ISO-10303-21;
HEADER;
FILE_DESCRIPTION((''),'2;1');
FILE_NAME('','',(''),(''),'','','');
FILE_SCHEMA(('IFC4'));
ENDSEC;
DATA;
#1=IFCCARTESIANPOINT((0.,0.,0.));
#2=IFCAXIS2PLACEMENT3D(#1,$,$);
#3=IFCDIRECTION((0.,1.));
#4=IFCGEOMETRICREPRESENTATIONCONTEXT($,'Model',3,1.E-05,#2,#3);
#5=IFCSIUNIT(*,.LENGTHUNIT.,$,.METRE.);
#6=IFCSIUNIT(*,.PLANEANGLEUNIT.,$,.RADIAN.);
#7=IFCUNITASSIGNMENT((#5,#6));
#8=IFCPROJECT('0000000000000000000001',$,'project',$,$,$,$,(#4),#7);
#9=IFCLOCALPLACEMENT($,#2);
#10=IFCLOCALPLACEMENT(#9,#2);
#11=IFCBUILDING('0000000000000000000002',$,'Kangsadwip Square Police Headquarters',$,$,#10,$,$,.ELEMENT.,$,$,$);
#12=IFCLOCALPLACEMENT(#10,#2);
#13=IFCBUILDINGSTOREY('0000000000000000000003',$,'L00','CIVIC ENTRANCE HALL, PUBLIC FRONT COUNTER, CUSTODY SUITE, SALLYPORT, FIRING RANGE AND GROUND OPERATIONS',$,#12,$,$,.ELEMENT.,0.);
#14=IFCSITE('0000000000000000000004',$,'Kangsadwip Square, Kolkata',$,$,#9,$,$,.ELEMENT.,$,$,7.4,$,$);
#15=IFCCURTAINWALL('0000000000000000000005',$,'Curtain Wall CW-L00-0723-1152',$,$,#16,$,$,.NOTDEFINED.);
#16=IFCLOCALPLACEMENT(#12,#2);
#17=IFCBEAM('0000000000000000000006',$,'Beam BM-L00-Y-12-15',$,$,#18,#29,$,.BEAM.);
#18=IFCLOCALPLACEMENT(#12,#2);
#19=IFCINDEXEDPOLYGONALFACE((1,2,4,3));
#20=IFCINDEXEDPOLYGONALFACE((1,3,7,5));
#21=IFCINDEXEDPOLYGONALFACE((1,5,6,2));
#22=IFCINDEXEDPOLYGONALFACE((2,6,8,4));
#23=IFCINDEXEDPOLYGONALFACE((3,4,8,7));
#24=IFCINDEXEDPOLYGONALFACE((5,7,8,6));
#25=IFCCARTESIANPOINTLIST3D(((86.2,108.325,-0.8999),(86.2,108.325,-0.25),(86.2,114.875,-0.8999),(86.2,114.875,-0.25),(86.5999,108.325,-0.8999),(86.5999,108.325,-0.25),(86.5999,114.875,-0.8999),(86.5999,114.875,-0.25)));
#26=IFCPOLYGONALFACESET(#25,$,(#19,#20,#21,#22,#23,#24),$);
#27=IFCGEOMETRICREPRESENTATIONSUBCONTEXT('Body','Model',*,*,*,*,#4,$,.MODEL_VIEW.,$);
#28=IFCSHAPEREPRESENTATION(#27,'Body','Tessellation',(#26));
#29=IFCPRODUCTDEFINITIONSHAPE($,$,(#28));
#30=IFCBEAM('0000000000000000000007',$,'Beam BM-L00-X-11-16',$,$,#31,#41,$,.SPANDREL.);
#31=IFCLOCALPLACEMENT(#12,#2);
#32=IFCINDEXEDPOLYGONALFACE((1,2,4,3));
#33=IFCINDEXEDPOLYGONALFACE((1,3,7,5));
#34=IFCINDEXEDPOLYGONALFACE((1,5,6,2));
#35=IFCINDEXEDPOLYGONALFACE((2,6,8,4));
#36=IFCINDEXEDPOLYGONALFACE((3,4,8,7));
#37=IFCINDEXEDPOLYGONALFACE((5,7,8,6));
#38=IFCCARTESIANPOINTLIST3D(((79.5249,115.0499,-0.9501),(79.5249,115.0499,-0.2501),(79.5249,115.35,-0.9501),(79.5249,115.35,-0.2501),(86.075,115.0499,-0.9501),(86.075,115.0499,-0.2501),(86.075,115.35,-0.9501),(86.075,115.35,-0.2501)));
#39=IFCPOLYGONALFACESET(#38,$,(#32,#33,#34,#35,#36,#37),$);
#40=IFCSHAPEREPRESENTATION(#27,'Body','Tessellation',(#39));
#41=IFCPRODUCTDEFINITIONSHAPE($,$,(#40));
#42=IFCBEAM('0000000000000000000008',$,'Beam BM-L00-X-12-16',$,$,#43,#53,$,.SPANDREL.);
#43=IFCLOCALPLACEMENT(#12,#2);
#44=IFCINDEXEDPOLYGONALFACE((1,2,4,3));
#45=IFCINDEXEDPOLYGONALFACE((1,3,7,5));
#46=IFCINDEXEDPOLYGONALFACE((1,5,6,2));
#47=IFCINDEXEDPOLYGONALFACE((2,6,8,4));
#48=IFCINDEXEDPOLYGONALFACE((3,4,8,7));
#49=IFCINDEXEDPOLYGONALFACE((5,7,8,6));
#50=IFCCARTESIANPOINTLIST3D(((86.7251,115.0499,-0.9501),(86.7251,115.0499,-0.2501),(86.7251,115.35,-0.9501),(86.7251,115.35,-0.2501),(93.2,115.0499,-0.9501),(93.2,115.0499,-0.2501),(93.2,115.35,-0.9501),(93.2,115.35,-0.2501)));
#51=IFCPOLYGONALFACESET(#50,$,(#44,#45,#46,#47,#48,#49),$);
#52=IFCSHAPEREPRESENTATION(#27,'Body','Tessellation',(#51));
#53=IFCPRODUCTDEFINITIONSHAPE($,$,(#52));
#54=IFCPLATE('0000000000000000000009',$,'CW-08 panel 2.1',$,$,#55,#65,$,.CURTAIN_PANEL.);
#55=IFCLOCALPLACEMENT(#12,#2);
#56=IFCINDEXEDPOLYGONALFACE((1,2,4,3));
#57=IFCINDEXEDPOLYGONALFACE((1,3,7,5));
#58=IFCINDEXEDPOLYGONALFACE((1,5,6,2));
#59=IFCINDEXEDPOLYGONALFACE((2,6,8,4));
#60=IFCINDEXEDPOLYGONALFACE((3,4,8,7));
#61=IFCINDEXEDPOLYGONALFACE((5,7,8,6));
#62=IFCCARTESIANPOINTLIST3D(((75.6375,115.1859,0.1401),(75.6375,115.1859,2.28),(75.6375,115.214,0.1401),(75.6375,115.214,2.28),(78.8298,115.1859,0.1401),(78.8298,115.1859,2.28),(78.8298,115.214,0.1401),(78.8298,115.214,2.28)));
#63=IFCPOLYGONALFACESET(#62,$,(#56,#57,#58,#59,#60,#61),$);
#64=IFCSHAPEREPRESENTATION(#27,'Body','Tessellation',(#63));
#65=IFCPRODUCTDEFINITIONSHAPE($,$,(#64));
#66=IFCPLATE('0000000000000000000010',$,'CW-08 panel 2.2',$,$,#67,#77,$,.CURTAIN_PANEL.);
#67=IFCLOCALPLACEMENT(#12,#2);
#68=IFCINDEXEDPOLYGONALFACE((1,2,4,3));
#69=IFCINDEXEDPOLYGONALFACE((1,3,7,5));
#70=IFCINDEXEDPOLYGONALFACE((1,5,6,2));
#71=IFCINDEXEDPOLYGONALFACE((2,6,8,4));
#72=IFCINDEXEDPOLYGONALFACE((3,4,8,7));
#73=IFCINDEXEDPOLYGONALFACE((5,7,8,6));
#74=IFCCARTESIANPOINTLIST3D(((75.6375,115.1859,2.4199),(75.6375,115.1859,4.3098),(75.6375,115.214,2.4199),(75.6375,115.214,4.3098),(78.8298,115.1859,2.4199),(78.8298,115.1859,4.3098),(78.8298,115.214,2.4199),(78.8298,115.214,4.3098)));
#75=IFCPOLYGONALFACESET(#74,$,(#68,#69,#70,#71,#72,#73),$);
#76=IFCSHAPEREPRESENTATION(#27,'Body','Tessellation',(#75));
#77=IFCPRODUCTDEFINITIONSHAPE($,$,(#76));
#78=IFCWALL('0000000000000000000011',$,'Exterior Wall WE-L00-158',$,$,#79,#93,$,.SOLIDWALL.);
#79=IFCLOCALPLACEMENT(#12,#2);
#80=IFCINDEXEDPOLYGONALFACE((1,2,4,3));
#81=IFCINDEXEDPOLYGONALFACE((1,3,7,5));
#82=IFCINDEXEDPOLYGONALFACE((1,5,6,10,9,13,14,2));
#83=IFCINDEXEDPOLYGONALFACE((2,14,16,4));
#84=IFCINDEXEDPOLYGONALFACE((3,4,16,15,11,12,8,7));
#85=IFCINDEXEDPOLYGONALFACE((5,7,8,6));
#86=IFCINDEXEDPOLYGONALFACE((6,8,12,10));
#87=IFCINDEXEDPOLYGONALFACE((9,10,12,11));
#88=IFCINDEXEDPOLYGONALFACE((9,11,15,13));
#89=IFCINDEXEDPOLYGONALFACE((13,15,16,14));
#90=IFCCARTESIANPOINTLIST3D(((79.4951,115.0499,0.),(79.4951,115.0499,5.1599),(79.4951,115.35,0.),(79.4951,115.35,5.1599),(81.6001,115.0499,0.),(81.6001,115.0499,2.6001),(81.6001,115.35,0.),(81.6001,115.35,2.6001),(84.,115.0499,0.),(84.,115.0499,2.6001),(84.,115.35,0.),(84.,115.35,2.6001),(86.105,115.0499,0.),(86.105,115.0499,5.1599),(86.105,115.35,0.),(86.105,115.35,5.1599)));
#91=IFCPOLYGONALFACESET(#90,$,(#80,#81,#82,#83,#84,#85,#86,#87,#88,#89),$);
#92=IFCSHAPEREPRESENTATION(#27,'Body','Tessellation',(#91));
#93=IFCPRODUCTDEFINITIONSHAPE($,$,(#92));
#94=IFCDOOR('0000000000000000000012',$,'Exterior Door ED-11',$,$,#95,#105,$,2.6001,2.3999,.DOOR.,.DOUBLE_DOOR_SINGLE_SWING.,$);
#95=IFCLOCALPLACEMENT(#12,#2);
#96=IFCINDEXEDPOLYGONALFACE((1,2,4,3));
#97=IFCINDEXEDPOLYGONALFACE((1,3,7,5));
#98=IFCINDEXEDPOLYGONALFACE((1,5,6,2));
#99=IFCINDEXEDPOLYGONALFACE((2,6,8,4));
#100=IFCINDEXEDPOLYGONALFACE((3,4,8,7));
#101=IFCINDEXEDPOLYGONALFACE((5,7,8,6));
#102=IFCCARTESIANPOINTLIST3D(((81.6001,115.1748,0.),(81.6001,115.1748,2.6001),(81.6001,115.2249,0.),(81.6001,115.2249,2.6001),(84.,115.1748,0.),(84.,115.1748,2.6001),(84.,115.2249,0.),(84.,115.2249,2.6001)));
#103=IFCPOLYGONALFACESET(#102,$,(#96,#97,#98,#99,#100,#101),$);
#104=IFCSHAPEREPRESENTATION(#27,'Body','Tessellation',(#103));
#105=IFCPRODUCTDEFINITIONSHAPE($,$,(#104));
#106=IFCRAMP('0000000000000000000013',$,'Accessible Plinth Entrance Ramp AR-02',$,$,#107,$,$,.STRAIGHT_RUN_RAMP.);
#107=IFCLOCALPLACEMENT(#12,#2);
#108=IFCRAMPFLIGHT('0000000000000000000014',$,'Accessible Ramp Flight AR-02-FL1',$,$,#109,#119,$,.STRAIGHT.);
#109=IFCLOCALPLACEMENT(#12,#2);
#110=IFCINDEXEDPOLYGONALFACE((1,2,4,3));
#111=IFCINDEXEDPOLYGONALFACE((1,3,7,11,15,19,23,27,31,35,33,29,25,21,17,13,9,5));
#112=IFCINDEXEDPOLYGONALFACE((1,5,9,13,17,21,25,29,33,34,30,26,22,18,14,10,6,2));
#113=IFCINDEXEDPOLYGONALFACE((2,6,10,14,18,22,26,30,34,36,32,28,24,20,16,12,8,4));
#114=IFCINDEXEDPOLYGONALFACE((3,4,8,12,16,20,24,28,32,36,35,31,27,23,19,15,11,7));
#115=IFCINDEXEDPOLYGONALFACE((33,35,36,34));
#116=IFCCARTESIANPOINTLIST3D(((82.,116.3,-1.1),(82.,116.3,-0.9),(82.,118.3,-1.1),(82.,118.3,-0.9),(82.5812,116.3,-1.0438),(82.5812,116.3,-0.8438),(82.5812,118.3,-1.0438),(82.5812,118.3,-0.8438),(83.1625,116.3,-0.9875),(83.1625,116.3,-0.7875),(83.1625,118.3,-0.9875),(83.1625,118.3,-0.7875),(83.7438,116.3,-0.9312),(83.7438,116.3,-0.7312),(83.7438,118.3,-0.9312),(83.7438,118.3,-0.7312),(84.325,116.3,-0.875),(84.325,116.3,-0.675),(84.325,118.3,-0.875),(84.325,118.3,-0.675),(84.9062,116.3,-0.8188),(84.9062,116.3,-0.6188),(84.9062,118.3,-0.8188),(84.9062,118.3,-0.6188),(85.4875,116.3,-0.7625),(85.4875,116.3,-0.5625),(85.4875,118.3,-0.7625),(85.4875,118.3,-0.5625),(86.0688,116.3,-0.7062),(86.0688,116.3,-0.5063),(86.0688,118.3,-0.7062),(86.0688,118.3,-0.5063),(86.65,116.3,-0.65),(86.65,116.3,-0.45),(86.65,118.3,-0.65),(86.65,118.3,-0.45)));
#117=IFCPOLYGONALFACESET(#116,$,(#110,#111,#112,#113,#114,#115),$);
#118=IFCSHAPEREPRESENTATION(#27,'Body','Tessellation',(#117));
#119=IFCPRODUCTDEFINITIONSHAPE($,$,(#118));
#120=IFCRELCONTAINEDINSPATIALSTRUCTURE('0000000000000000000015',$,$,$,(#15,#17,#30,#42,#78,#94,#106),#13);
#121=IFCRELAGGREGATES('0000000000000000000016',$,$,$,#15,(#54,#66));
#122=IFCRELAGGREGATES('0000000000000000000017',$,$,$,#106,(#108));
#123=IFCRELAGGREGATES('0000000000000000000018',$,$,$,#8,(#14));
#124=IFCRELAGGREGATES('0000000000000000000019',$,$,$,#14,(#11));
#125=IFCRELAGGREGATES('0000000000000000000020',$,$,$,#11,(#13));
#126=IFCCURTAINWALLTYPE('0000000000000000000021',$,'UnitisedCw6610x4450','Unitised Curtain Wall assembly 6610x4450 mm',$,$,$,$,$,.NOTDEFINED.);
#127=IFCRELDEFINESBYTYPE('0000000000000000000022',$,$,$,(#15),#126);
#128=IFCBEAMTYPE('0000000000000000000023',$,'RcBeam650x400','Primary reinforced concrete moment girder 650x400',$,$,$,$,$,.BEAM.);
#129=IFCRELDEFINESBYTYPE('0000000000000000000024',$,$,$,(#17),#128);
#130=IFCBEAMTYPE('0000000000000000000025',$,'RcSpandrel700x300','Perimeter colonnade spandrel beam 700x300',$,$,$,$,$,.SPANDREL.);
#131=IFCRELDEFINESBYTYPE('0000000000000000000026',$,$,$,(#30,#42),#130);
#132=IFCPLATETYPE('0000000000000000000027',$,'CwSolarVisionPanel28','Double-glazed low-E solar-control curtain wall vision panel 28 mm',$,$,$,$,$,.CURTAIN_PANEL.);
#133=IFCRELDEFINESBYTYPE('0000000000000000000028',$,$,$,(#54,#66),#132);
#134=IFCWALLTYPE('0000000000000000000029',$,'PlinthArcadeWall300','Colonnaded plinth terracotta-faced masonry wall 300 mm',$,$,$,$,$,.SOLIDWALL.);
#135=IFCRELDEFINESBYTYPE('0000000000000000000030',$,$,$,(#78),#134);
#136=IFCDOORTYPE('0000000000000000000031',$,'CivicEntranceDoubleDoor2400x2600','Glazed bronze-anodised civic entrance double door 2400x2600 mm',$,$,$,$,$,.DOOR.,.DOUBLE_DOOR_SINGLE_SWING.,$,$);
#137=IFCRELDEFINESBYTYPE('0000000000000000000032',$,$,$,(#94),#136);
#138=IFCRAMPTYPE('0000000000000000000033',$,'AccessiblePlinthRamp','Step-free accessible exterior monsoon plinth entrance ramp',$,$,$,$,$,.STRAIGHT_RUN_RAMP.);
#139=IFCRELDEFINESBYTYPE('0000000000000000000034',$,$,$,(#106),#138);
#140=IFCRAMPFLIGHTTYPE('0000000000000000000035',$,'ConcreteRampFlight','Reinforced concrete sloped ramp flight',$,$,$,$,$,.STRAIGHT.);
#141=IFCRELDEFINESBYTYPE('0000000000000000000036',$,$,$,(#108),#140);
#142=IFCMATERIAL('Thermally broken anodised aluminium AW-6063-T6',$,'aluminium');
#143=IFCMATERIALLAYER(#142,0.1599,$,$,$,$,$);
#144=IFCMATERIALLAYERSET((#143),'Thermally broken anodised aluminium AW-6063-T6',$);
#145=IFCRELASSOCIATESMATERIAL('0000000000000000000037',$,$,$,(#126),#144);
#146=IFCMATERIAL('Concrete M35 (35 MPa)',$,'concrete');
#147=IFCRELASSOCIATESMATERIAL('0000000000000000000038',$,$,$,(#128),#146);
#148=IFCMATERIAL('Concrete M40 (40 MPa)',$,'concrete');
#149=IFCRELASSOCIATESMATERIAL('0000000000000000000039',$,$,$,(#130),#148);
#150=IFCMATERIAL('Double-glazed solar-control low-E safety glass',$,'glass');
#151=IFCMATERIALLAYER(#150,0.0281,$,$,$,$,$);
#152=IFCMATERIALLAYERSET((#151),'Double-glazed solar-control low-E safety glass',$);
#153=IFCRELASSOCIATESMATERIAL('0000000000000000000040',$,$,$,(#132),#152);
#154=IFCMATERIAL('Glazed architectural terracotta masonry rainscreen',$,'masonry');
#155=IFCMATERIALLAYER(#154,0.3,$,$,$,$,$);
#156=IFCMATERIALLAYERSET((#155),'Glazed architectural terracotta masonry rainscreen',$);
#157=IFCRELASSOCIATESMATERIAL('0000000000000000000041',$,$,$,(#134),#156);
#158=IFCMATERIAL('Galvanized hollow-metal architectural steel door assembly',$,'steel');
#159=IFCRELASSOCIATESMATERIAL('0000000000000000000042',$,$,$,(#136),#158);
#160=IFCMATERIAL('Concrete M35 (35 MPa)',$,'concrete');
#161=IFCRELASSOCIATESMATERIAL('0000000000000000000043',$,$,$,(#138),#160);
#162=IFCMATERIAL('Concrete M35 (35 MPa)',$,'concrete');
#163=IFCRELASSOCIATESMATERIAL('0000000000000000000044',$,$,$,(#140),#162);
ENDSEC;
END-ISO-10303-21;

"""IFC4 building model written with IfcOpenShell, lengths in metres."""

from ifc_helpers import new_model, si_unit, direction, frame, frame_2d, origin, origin_2d, place, context, subcontext, project, spatial, polyline, rectangle, outline, extrude, material, layer, layer_set, material_profile, profile_set, type_object, element, fill, aggregate, save


model = new_model("IFC4")

# Units and contexts
model_context = context("Model", 3, precision=1e-05, world=origin(), true_north=direction((0.0, 1.0)))
body_context = subcontext(model_context, "Body", "Model", "MODEL_VIEW")
ifc_project = project(units=[si_unit("LENGTHUNIT", "METRE"), si_unit("PLANEANGLEUNIT", "RADIAN")], contexts=[model_context])

# Site, building, storey
site_placement = place(None, origin())
site = spatial("IfcSite", under=ifc_project, at=site_placement, Name="Kangsadwip Square, Kolkata", CompositionType="ELEMENT", RefElevation=7.4)
building_placement = place(site_placement, origin())
building = spatial("IfcBuilding", under=site, at=building_placement, Name="Kangsadwip Square Police Headquarters", CompositionType="ELEMENT")
storey_placement = place(building_placement, origin())
storey = spatial("IfcBuildingStorey", under=building, at=storey_placement, Name="L00", Description="CIVIC ENTRANCE HALL, PUBLIC FRONT COUNTER, CUSTODY SUITE, SALLYPORT, FIRING RANGE AND GROUND OPERATIONS", CompositionType="ELEMENT", Elevation=0.0)

# Curtain wall
ifc_material_1 = material(Name="Thermally broken anodised aluminium AW-6063-T6", Category="aluminium")
ifc_layer_1 = layer(ifc_material_1, 0.1599)
ifc_layer_set_1 = layer_set([ifc_layer_1], Name="Thermally broken anodised aluminium AW-6063-T6")
curtain_wall_type = type_object("IfcCurtainWallType", Name="UnitisedCw6610x4450", Description="Unitised Curtain Wall assembly 6610x4450 mm", PredefinedType="NOTDEFINED", material=ifc_layer_set_1)
curtain_wall_placement = place(storey_placement, origin())
curtain_wall = element("IfcCurtainWall", 1, at=curtain_wall_placement, inside=storey, type_object=curtain_wall_type, Name="Curtain Wall CW-L00-0723-1152", PredefinedType="NOTDEFINED")

# Beams
ifc_material_2 = material(Name="Concrete M35 (35 MPa)", Category="concrete")
ifc_material_profile_1 = material_profile(ifc_material_2, rectangle(XDim=0.3999, YDim=0.6499, at=origin_2d()), Name="RC BM 650X400")
ifc_profile_set_1 = profile_set([ifc_material_profile_1], Name="Concrete M35 (35 MPa)")
beam_type_1 = type_object("IfcBeamType", Name="RcBeam650x400", Description="Primary reinforced concrete moment girder 650x400", PredefinedType="BEAM", material=ifc_profile_set_1)
for number, where, z_axis, x_axis, name in (
    (2, (86.3999, 108.325, -0.575), (0.0, 1.0, 0.0), (-1.0, 0.0, 0.0), "Beam BM-L00-Y-12-15"),
):
    element("IfcBeam", number, at=place(storey_placement, frame(where, z_axis=z_axis, x_axis=x_axis)), inside=storey, type_object=beam_type_1, Name=name, PredefinedType="BEAM", context=body_context, shape_type="SweptSolid", body=[
        extrude(rectangle(XDim=0.3999, YDim=0.6499, at=origin_2d()), origin(), (0.0, 0.0, 1.0), 6.55),
    ])
ifc_material_3 = material(Name="Concrete M40 (40 MPa)", Category="concrete")
ifc_material_profile_2 = material_profile(ifc_material_3, rectangle(XDim=0.3, YDim=0.7, at=origin_2d()), Name="RC SPN 700X300")
ifc_profile_set_2 = profile_set([ifc_material_profile_2], Name="Concrete M40 (40 MPa)")
beam_type_2 = type_object("IfcBeamType", Name="RcSpandrel700x300", Description="Perimeter colonnade spandrel beam 700x300", PredefinedType="SPANDREL", material=ifc_profile_set_2)
beam_1_placement = place(storey_placement, frame((79.5249, 115.2, -0.6001), z_axis=(1.0, 0.0, 0.0), x_axis=(0.0, 1.0, 0.0)))
element("IfcBeam", 3, at=beam_1_placement, inside=storey, type_object=beam_type_2, Name="Beam BM-L00-X-11-16", PredefinedType="SPANDREL", context=body_context, shape_type="SweptSolid", body=[
    extrude(rectangle(XDim=0.3, YDim=0.7, at=origin_2d()), origin(), (0.0, 0.0, 1.0), 6.55),
])
beam_2_placement = place(storey_placement, frame((86.7251, 115.2, -0.6001), z_axis=(1.0, 0.0, 0.0), x_axis=(0.0, 1.0, 0.0)))
element("IfcBeam", 4, at=beam_2_placement, inside=storey, type_object=beam_type_2, Name="Beam BM-L00-X-12-16", PredefinedType="SPANDREL", context=body_context, shape_type="SweptSolid", body=[
    extrude(rectangle(XDim=0.3, YDim=0.7, at=origin_2d()), origin(), (0.0, 0.0, 1.0), 6.4749),
])

# Plates
ifc_material_4 = material(Name="Double-glazed solar-control low-E safety glass", Category="glass")
ifc_layer_2 = layer(ifc_material_4, 0.0281)
ifc_layer_set_2 = layer_set([ifc_layer_2], Name="Double-glazed solar-control low-E safety glass")
plate_type = type_object("IfcPlateType", Name="CwSolarVisionPanel28", Description="Double-glazed low-E solar-control curtain wall vision panel 28 mm", PredefinedType="CURTAIN_PANEL", material=ifc_layer_set_2)
plate_1_placement = place(storey_placement, frame((77.2336, 115.2, 0.1401), z_axis=(0.0, 0.0, 1.0), x_axis=(1.0, 0.0, 0.0)))
plate_1 = element("IfcPlate", 5, at=plate_1_placement, type_object=plate_type, Name="CW-08 panel 2.1", PredefinedType="CURTAIN_PANEL", context=body_context, shape_type="SweptSolid", body=[
    extrude(rectangle(XDim=3.1924, YDim=0.0281, at=origin_2d()), origin(), (0.0, 0.0, 1.0), 2.1399),
])
plate_2_placement = place(storey_placement, frame((77.2336, 115.2, 2.4199), z_axis=(0.0, 0.0, 1.0), x_axis=(1.0, 0.0, 0.0)))
plate_2 = element("IfcPlate", 6, at=plate_2_placement, type_object=plate_type, Name="CW-08 panel 2.2", PredefinedType="CURTAIN_PANEL", context=body_context, shape_type="SweptSolid", body=[
    extrude(rectangle(XDim=3.1924, YDim=0.0281, at=origin_2d()), origin(), (0.0, 0.0, 1.0), 1.8899),
])
aggregate(curtain_wall, [plate_1, plate_2])

# Wall, opening, door
ifc_material_5 = material(Name="Glazed architectural terracotta masonry rainscreen", Category="masonry")
ifc_layer_3 = layer(ifc_material_5, 0.3)
ifc_layer_set_3 = layer_set([ifc_layer_3], Name="Glazed architectural terracotta masonry rainscreen")
wall_type = type_object("IfcWallType", Name="PlinthArcadeWall300", Description="Colonnaded plinth terracotta-faced masonry wall 300 mm", PredefinedType="SOLIDWALL", material=ifc_layer_set_3)
wall_placement = place(storey_placement, frame((79.4951, 115.2, 0.0), z_axis=(0.0, 0.0, 1.0), x_axis=(1.0, 0.0, 0.0)))
wall = element("IfcWall", 7, at=wall_placement, inside=storey, type_object=wall_type, Name="Exterior Wall WE-L00-158", PredefinedType="SOLIDWALL", context=body_context, shape_type="SweptSolid", body=[
    extrude(rectangle(XDim=6.6099, YDim=0.3, at=frame_2d((3.3049, 0.0))), origin(), (0.0, 0.0, 1.0), 5.1599),
])
opening_placement = place(wall_placement, frame((2.105, 0.0, 0.0)))
opening = element("IfcOpeningElement", 8, at=opening_placement, cuts=wall, PredefinedType="OPENING", context=body_context, shape_type="SweptSolid", body=[
    extrude(rectangle(XDim=2.3999, YDim=2.6001, at=frame_2d((1.2, 1.3))), frame((0.0, 0.1599, 0.0), z_axis=(0.0, -1.0, 0.0), x_axis=(1.0, 0.0, 0.0)), (0.0, 0.0, 1.0), 0.3201),
])
ifc_material_6 = material(Name="Galvanized hollow-metal architectural steel door assembly", Category="steel")
door_type = type_object("IfcDoorType", Name="CivicEntranceDoubleDoor2400x2600", Description="Glazed bronze-anodised civic entrance double door 2400x2600 mm", OperationType="DOUBLE_DOOR_SINGLE_SWING", PredefinedType="DOOR", material=ifc_material_6)
door_placement = place(opening_placement, origin())
door = element("IfcDoor", 9, at=door_placement, inside=storey, type_object=door_type, Name="Exterior Door ED-11", OperationType="DOUBLE_DOOR_SINGLE_SWING", OverallHeight=2.6001, OverallWidth=2.3999, PredefinedType="DOOR", context=body_context, shape_type="SweptSolid", body=[
    extrude(rectangle(XDim=2.3999, YDim=2.6001, at=frame_2d((1.2, 1.3))), frame((0.0, 0.0249, 0.0), z_axis=(0.0, -1.0, 0.0), x_axis=(1.0, 0.0, 0.0)), (0.0, 0.0, 1.0), 0.05),
])
fill(opening, door)

# Ramp, ramp flight
ifc_material_7 = material(Name="Concrete M35 (35 MPa)", Category="concrete")
ramp_type = type_object("IfcRampType", Name="AccessiblePlinthRamp", Description="Step-free accessible exterior monsoon plinth entrance ramp", PredefinedType="STRAIGHT_RUN_RAMP", material=ifc_material_7)
ramp_placement = place(storey_placement, origin())
ramp = element("IfcRamp", 10, at=ramp_placement, inside=storey, type_object=ramp_type, Name="Accessible Plinth Entrance Ramp AR-02", PredefinedType="STRAIGHT_RUN_RAMP")
ifc_material_8 = material(Name="Concrete M35 (35 MPa)", Category="concrete")
ramp_flight_type = type_object("IfcRampFlightType", Name="ConcreteRampFlight", Description="Reinforced concrete sloped ramp flight", PredefinedType="STRAIGHT", material=ifc_material_8)
ramp_flight_placement = place(storey_placement, frame((82.0, 118.3, -0.9), z_axis=(0.0, -1.0, 0.0), x_axis=(1.0, 0.0, 0.0)))
ramp_flight = element("IfcRampFlight", 11, at=ramp_flight_placement, type_object=ramp_flight_type, Name="Accessible Ramp Flight AR-02-FL1", PredefinedType="STRAIGHT", context=body_context, shape_type="SweptSolid", body=[
    extrude(outline(polyline([(0.0, 0.0), (0.5813, 0.0563), (1.1625, 0.1125), (1.7437, 0.1688), (2.325, 0.225), (2.9062, 0.2812), (3.4875, 0.3375), (4.0687, 0.3937), (4.65, 0.45), (4.65, 0.25), (4.0687, 0.1938), (3.4875, 0.1375), (2.9062, 0.0813), (2.325, 0.025), (1.7437, -0.0312), (1.1625, -0.0875), (0.5813, -0.1437), (0.0, -0.2), (0.0, 0.0)])), origin(), (0.0, 0.0, 1.0), 2.0),
])
aggregate(ramp, [ramp_flight])

save(model, "model.ifc")
